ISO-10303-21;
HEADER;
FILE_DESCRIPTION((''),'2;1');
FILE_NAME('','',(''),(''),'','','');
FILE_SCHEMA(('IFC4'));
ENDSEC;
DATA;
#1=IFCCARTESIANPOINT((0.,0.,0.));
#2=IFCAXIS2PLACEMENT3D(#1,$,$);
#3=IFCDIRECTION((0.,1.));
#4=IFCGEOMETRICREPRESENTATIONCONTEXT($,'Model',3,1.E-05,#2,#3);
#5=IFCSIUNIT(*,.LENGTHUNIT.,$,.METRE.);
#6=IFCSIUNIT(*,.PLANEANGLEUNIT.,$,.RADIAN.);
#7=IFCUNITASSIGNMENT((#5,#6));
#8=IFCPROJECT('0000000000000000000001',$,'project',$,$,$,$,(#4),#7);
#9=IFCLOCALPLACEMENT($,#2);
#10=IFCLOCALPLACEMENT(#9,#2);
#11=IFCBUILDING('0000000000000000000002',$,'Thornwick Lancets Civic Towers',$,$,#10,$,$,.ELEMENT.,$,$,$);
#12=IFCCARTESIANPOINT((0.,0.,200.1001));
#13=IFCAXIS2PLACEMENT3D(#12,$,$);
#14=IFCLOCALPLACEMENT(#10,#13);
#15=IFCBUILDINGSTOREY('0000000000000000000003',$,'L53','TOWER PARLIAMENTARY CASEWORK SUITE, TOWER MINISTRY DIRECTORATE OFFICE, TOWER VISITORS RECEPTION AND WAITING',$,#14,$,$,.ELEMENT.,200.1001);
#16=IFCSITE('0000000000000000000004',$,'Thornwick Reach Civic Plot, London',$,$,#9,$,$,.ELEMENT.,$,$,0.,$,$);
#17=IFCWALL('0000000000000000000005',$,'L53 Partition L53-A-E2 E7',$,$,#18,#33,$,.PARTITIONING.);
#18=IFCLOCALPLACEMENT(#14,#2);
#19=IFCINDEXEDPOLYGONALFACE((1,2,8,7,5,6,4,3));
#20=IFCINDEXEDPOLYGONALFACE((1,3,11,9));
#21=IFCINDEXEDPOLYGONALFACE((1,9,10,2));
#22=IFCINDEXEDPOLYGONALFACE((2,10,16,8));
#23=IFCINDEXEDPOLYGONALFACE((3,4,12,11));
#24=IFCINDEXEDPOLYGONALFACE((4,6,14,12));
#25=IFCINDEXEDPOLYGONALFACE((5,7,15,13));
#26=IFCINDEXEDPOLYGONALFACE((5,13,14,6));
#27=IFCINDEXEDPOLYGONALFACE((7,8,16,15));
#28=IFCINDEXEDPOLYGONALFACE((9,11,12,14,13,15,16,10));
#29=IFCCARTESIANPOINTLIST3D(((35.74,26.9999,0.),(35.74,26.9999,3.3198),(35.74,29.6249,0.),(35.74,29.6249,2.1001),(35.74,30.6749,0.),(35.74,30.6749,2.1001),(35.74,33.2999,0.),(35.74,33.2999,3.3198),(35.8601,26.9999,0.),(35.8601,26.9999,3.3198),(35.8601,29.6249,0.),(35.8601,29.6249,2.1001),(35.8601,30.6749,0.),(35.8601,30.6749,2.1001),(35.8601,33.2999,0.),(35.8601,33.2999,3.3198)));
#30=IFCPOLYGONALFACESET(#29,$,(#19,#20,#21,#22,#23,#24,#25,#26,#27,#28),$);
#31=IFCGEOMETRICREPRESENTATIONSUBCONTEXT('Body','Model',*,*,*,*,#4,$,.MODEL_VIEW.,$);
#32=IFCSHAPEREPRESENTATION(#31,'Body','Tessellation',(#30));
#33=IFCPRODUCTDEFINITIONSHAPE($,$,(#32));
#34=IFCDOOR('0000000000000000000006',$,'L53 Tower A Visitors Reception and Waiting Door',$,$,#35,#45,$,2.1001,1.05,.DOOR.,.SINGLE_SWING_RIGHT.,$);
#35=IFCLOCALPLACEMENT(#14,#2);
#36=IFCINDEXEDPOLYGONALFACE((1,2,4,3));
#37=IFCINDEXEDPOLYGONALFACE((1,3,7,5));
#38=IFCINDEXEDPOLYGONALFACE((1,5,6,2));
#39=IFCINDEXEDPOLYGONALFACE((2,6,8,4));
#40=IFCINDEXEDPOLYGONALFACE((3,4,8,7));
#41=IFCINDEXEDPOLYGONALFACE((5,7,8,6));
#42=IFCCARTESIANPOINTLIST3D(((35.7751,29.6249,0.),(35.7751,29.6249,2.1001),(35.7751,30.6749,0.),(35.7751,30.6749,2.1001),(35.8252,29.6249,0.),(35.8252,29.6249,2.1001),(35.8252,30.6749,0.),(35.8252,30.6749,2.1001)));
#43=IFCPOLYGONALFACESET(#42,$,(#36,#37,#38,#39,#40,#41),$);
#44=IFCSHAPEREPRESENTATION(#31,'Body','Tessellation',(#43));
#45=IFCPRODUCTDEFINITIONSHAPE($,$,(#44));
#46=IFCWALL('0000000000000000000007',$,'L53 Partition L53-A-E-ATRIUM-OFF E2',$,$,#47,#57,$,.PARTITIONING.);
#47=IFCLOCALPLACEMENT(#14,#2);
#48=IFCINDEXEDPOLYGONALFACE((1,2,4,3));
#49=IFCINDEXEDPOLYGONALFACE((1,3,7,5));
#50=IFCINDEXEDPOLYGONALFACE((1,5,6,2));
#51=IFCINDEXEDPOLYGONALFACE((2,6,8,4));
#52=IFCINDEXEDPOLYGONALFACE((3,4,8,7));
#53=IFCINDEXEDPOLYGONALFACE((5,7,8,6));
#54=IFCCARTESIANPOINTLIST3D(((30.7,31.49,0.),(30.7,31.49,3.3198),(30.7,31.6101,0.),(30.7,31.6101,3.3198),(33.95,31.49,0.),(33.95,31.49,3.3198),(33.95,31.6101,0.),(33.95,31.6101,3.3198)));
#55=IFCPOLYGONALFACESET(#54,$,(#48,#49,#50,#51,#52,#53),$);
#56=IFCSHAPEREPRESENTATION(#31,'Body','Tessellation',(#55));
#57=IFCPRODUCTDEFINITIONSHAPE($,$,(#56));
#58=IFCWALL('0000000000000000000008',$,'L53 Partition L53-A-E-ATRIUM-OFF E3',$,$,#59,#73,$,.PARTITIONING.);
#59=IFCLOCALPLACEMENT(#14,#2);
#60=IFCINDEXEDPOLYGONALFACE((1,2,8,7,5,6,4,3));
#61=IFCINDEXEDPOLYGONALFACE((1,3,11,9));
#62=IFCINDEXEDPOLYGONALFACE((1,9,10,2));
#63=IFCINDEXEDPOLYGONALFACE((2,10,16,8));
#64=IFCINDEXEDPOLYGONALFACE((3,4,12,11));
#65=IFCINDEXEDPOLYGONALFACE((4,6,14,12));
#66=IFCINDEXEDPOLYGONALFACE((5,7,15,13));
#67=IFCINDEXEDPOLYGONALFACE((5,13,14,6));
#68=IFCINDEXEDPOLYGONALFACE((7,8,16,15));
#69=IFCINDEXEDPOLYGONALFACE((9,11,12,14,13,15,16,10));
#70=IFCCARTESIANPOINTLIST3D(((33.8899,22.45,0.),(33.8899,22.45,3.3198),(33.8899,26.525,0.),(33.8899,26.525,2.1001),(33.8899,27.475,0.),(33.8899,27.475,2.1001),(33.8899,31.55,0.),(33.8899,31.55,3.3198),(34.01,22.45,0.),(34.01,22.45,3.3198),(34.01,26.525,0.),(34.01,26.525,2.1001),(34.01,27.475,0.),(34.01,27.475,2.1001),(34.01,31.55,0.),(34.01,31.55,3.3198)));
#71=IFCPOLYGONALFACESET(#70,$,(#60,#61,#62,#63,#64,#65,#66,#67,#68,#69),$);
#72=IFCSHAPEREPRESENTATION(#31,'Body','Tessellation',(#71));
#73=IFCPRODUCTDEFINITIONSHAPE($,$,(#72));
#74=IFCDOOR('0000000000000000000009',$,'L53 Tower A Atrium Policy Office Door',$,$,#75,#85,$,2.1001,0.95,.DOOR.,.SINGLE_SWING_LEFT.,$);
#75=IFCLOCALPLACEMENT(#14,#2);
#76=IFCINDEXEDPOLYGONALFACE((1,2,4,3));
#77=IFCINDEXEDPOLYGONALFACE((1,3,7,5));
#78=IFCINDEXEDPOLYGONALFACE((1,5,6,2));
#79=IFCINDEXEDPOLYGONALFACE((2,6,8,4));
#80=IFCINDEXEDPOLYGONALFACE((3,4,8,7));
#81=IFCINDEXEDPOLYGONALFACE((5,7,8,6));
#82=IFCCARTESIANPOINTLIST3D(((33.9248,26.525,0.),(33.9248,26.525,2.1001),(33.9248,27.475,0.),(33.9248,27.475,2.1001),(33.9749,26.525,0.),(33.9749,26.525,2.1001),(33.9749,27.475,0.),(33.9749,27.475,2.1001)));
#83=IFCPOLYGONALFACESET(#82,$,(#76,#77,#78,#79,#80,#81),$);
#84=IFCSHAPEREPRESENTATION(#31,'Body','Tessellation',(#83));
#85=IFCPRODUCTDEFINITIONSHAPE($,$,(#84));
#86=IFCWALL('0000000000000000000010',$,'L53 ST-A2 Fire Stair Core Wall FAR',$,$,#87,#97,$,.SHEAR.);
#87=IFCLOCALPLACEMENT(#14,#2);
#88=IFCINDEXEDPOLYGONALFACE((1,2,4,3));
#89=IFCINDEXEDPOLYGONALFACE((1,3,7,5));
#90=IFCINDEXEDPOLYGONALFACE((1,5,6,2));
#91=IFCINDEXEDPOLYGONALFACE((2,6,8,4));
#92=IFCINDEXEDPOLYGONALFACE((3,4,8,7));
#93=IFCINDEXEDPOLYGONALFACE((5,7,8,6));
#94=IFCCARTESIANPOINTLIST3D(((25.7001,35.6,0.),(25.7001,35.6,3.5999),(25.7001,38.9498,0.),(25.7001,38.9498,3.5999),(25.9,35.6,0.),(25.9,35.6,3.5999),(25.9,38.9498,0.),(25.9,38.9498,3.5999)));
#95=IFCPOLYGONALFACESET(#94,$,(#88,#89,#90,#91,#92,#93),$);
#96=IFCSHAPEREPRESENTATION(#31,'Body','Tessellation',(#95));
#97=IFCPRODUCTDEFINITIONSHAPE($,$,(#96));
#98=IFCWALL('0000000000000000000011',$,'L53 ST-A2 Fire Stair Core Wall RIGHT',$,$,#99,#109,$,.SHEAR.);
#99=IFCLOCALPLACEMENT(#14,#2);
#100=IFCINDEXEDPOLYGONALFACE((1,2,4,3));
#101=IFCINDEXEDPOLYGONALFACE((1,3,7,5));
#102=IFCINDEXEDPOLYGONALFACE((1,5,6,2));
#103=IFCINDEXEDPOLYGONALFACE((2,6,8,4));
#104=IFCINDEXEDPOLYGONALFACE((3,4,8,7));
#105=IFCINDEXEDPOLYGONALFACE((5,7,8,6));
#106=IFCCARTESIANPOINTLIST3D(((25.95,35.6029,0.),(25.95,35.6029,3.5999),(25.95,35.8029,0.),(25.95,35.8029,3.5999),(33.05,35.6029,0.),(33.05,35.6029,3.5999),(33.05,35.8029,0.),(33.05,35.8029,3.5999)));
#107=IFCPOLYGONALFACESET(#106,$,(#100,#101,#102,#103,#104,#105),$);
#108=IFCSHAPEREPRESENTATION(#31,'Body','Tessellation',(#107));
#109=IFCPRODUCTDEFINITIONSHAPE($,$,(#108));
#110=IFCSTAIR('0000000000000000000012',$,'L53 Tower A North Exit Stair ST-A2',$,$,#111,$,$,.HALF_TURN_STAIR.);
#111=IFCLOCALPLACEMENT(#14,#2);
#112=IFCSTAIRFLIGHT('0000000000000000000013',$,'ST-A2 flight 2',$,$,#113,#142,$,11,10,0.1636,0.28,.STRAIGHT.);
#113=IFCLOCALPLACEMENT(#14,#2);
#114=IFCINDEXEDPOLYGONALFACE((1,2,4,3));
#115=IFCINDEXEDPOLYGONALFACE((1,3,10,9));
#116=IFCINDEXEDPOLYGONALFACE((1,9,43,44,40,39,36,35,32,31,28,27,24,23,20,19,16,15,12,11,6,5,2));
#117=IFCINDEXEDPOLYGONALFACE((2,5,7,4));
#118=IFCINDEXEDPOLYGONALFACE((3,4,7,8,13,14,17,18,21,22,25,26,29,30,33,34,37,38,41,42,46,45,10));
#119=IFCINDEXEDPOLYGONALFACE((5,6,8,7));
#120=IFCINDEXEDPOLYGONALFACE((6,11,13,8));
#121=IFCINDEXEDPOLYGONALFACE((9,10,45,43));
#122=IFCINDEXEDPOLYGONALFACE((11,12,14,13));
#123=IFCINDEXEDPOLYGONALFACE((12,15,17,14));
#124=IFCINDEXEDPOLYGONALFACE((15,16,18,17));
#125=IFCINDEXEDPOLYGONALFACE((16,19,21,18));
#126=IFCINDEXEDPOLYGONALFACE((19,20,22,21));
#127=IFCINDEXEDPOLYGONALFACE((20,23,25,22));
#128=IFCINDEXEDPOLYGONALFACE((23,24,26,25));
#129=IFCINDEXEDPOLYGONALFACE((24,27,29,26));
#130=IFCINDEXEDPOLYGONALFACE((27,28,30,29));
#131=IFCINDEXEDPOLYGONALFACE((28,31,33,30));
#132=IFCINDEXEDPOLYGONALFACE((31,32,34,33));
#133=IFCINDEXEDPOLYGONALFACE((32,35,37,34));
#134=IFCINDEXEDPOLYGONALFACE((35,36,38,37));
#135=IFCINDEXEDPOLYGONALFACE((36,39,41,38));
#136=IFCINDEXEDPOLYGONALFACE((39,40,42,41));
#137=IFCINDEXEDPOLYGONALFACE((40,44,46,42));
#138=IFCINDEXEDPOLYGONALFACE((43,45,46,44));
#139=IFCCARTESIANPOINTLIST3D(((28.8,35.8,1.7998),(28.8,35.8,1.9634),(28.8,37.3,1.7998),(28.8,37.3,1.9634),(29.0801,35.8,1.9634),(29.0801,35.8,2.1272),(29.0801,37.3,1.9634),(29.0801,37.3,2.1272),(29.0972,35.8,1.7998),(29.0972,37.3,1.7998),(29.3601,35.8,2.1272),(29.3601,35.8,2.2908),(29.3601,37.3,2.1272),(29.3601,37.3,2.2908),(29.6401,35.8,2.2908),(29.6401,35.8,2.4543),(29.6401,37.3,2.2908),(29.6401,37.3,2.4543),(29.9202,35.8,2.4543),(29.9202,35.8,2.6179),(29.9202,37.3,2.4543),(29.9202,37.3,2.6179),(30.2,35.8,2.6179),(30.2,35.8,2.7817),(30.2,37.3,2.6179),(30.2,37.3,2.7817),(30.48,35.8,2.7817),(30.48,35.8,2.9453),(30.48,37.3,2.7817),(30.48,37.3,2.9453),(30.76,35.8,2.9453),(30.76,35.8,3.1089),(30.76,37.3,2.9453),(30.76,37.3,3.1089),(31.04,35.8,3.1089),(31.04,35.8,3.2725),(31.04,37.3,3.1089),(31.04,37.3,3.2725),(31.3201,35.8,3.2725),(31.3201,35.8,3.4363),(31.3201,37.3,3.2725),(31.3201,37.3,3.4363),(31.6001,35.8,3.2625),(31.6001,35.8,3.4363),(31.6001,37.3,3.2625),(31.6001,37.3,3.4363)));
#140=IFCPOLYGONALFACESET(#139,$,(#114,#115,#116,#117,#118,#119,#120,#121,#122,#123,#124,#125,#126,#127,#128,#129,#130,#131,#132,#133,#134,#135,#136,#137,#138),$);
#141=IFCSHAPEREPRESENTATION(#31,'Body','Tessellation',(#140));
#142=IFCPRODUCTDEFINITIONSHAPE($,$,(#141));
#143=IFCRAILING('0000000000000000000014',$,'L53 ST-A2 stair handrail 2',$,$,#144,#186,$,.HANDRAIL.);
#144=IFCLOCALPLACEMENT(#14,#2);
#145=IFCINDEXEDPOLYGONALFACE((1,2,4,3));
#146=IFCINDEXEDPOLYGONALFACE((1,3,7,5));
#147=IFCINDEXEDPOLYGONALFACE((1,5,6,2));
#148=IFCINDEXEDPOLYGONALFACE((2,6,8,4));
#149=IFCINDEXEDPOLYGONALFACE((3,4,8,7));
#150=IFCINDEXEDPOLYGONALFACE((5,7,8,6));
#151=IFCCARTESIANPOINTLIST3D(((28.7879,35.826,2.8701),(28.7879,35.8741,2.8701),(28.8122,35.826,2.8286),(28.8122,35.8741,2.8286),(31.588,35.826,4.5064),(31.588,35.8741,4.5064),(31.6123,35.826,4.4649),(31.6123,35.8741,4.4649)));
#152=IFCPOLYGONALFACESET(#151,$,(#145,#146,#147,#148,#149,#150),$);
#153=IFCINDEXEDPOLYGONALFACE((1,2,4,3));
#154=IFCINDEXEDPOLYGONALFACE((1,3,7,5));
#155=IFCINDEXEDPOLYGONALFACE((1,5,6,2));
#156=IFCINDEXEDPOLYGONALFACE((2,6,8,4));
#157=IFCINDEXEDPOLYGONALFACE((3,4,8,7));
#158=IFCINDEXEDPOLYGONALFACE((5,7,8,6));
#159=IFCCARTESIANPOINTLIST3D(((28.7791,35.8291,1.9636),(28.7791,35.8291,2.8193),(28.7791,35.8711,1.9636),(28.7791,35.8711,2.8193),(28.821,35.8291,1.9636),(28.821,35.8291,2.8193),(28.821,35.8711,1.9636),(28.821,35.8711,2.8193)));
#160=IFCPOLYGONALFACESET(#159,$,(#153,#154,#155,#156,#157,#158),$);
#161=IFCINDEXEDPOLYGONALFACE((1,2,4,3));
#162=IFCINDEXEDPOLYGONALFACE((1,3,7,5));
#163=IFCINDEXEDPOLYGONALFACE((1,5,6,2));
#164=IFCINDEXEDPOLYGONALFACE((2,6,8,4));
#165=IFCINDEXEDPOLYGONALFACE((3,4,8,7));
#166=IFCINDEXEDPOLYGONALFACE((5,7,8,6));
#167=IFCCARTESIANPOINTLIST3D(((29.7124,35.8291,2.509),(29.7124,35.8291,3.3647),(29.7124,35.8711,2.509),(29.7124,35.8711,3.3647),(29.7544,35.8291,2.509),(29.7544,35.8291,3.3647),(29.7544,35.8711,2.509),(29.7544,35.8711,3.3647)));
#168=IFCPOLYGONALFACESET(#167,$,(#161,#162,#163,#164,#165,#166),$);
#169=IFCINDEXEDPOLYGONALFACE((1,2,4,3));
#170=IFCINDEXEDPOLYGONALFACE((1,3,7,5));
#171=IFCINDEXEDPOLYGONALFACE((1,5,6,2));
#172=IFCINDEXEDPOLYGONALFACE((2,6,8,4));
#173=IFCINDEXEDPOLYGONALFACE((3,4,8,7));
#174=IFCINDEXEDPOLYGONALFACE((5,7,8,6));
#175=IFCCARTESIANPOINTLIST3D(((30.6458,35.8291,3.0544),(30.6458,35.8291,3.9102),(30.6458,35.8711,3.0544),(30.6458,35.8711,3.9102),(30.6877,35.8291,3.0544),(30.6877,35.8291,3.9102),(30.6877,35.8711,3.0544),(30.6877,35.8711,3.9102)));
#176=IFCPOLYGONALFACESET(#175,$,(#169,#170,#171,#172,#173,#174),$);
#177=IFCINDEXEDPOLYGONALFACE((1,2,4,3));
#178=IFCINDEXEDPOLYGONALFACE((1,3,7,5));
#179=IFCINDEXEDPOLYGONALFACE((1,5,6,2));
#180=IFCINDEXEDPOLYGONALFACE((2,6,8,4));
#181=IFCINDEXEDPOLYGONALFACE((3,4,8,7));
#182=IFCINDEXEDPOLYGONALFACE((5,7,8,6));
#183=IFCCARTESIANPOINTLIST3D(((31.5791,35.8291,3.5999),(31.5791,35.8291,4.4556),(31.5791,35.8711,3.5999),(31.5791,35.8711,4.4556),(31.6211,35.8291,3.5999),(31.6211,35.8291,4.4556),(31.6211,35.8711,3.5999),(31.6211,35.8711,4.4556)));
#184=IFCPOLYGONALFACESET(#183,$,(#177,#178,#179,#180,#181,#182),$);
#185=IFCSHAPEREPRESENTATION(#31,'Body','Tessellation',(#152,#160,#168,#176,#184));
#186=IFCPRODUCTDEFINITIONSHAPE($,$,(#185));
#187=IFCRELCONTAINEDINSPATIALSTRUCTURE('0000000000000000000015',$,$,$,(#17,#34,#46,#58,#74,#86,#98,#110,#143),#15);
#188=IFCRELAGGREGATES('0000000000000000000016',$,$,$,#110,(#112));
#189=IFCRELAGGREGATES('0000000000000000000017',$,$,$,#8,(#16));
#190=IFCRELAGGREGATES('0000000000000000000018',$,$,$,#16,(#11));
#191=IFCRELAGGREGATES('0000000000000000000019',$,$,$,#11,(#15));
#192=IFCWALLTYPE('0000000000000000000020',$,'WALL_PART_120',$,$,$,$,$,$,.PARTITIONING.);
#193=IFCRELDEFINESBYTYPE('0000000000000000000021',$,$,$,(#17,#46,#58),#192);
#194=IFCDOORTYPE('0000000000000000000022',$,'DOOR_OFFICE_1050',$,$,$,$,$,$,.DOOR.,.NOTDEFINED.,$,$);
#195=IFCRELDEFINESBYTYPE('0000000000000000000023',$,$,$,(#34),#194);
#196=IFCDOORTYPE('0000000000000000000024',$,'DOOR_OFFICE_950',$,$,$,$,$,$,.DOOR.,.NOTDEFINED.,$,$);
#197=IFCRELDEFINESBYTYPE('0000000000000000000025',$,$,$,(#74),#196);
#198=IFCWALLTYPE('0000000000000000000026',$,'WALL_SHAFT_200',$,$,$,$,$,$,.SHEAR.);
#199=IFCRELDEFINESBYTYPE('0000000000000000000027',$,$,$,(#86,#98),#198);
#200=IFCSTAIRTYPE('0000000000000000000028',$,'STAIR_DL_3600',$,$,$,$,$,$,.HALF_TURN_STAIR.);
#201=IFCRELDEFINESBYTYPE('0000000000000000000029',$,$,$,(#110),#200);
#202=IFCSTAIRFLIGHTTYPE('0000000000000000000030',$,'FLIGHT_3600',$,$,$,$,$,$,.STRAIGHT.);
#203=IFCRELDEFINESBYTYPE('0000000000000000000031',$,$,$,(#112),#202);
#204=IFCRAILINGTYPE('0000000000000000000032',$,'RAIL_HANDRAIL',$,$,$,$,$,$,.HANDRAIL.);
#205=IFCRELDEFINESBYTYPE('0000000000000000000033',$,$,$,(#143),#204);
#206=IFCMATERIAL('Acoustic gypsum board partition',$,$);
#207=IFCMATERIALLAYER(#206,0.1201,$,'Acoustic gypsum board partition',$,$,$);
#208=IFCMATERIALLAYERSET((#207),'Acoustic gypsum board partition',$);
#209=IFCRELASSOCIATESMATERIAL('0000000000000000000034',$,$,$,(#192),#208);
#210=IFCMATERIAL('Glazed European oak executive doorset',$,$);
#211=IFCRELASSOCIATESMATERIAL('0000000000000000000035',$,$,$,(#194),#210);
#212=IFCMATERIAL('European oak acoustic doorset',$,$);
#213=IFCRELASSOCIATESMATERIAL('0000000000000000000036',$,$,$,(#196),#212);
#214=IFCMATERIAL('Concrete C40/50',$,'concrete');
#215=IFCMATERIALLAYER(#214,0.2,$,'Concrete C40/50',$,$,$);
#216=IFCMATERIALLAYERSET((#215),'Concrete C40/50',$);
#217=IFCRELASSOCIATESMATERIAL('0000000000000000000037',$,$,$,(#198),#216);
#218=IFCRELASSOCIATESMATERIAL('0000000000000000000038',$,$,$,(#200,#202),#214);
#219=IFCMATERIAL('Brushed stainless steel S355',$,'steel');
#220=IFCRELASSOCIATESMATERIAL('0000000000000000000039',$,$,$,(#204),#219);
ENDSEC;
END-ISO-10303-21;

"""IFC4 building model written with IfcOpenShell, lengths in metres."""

from ifc_helpers import new_model, si_unit, direction, frame, frame_2d, origin, origin_2d, place, context, subcontext, project, spatial, polyline, rectangle, outline, extrude, material, layer, layer_set, type_object, element, fill, aggregate, save


model = new_model("IFC4")

# Units and contexts
model_context = context("Model", 3, precision=1e-05, world=origin(), true_north=direction((0.0, 1.0)))
body_context = subcontext(model_context, "Body", "Model", "MODEL_VIEW")
ifc_project = project(units=[si_unit("LENGTHUNIT", "METRE"), si_unit("PLANEANGLEUNIT", "RADIAN")], contexts=[model_context])

# Site, building, storey
site_placement = place(None, origin())
site = spatial("IfcSite", under=ifc_project, at=site_placement, Name="Thornwick Reach Civic Plot, London", CompositionType="ELEMENT", RefElevation=0.0)
building_placement = place(site_placement, origin())
building = spatial("IfcBuilding", under=site, at=building_placement, Name="Thornwick Lancets Civic Towers", CompositionType="ELEMENT")
storey_placement = place(building_placement, frame((0.0, 0.0, 200.1001)))
storey = spatial("IfcBuildingStorey", under=building, at=storey_placement, Name="L53", Description="TOWER PARLIAMENTARY CASEWORK SUITE, TOWER MINISTRY DIRECTORATE OFFICE, TOWER VISITORS RECEPTION AND WAITING", CompositionType="ELEMENT", Elevation=200.1001)

# Shared definitions
ifc_material_1 = material(Name="Acoustic gypsum board partition")
ifc_layer_1 = layer(ifc_material_1, 0.1201, Name="Acoustic gypsum board partition")
ifc_layer_set_1 = layer_set([ifc_layer_1], Name="Acoustic gypsum board partition")
wall_type_1 = type_object("IfcWallType", Name="WALL_PART_120", PredefinedType="PARTITIONING", material=ifc_layer_set_1)

# Wall, opening, door
wall_1_placement = place(storey_placement, frame((35.8, 27.0, 0.0), z_axis=(0.0, 0.0, 1.0), x_axis=(0.0, 1.0, 0.0)))
wall_1 = element("IfcWall", 1, at=wall_1_placement, inside=storey, type_object=wall_type_1, Name="L53 Partition L53-A-E2 E7", PredefinedType="PARTITIONING", context=body_context, shape_type="SweptSolid", body=[
    extrude(rectangle(XDim=6.3, YDim=0.1201, at=frame_2d((3.1499, 0.0))), origin(), (0.0, 0.0, 1.0), 3.3198),
])
opening_1_placement = place(wall_1_placement, frame((2.625, 0.0, 0.0)))
opening_1 = element("IfcOpeningElement", 2, at=opening_1_placement, cuts=wall_1, PredefinedType="OPENING", context=body_context, shape_type="SweptSolid", body=[
    extrude(rectangle(XDim=1.05, YDim=2.1001, at=frame_2d((0.5249, 1.05))), frame((0.0, 0.0701, 0.0), z_axis=(0.0, -1.0, 0.0), x_axis=(1.0, 0.0, 0.0)), (0.0, 0.0, 1.0), 0.1401),
])
ifc_material_2 = material(Name="Glazed European oak executive doorset")
door_type_1 = type_object("IfcDoorType", Name="DOOR_OFFICE_1050", OperationType="NOTDEFINED", PredefinedType="DOOR", material=ifc_material_2)
door_1_placement = place(opening_1_placement, origin())
door_1 = element("IfcDoor", 3, at=door_1_placement, inside=storey, type_object=door_type_1, Name="L53 Tower A Visitors Reception and Waiting Door", OperationType="SINGLE_SWING_RIGHT", OverallHeight=2.1001, OverallWidth=1.05, PredefinedType="DOOR", context=body_context, shape_type="SweptSolid", body=[
    extrude(rectangle(XDim=1.05, YDim=2.1001, at=frame_2d((0.5249, 1.05))), frame((0.0, 0.0249, 0.0), z_axis=(0.0, -1.0, 0.0), x_axis=(1.0, 0.0, 0.0)), (0.0, 0.0, 1.0), 0.05),
])
fill(opening_1, door_1)

# Wall
wall_2_placement = place(storey_placement, frame((30.7, 31.55, 0.0), z_axis=(0.0, 0.0, 1.0), x_axis=(1.0, 0.0, 0.0)))
element("IfcWall", 4, at=wall_2_placement, inside=storey, type_object=wall_type_1, Name="L53 Partition L53-A-E-ATRIUM-OFF E2", PredefinedType="PARTITIONING", context=body_context, shape_type="SweptSolid", body=[
    extrude(rectangle(XDim=3.25, YDim=0.1201, at=frame_2d((1.625, 0.0))), origin(), (0.0, 0.0, 1.0), 3.3198),
])

# Wall, opening, door
wall_3_placement = place(storey_placement, frame((33.95, 31.55, 0.0), z_axis=(0.0, 0.0, 1.0), x_axis=(0.0, -1.0, 0.0)))
wall_3 = element("IfcWall", 5, at=wall_3_placement, inside=storey, type_object=wall_type_1, Name="L53 Partition L53-A-E-ATRIUM-OFF E3", PredefinedType="PARTITIONING", context=body_context, shape_type="SweptSolid", body=[
    extrude(rectangle(XDim=9.1001, YDim=0.1201, at=frame_2d((4.55, 0.0))), origin(), (0.0, 0.0, 1.0), 3.3198),
])
opening_2_placement = place(wall_3_placement, frame((4.075, 0.0, 0.0)))
opening_2 = element("IfcOpeningElement", 6, at=opening_2_placement, cuts=wall_3, PredefinedType="OPENING", context=body_context, shape_type="SweptSolid", body=[
    extrude(rectangle(XDim=0.95, YDim=2.1001, at=frame_2d((0.4751, 1.05))), frame((0.0, 0.0701, 0.0), z_axis=(0.0, -1.0, 0.0), x_axis=(1.0, 0.0, 0.0)), (0.0, 0.0, 1.0), 0.1401),
])
ifc_material_3 = material(Name="European oak acoustic doorset")
door_type_2 = type_object("IfcDoorType", Name="DOOR_OFFICE_950", OperationType="NOTDEFINED", PredefinedType="DOOR", material=ifc_material_3)
door_2_placement = place(opening_2_placement, origin())
door_2 = element("IfcDoor", 7, at=door_2_placement, inside=storey, type_object=door_type_2, Name="L53 Tower A Atrium Policy Office Door", OperationType="SINGLE_SWING_LEFT", OverallHeight=2.1001, OverallWidth=0.95, PredefinedType="DOOR", context=body_context, shape_type="SweptSolid", body=[
    extrude(rectangle(XDim=0.95, YDim=2.1001, at=frame_2d((0.4751, 1.05))), frame((0.0, 0.0249, 0.0), z_axis=(0.0, -1.0, 0.0), x_axis=(1.0, 0.0, 0.0)), (0.0, 0.0, 1.0), 0.05),
])
fill(opening_2, door_2)

# Walls
ifc_material_4 = material(Name="Concrete C40/50", Category="concrete")
ifc_layer_2 = layer(ifc_material_4, 0.2, Name="Concrete C40/50")
ifc_layer_set_2 = layer_set([ifc_layer_2], Name="Concrete C40/50")
wall_type_2 = type_object("IfcWallType", Name="WALL_SHAFT_200", PredefinedType="SHEAR", material=ifc_layer_set_2)
wall_4_placement = place(storey_placement, frame((25.8, 35.6001, 0.0), z_axis=(0.0, 0.0, 1.0), x_axis=(0.0, 1.0, 0.0)))
element("IfcWall", 8, at=wall_4_placement, inside=storey, type_object=wall_type_2, Name="L53 ST-A2 Fire Stair Core Wall FAR", PredefinedType="SHEAR", context=body_context, shape_type="SweptSolid", body=[
    extrude(rectangle(XDim=3.3499, YDim=0.2, at=frame_2d((1.6748, 0.0))), origin(), (0.0, 0.0, 1.0), 3.5999),
])
wall_5_placement = place(storey_placement, frame((25.95, 35.7029, 0.0), z_axis=(0.0, 0.0, 1.0), x_axis=(1.0, 0.0, 0.0)))
element("IfcWall", 9, at=wall_5_placement, inside=storey, type_object=wall_type_2, Name="L53 ST-A2 Fire Stair Core Wall RIGHT", PredefinedType="SHEAR", context=body_context, shape_type="SweptSolid", body=[
    extrude(rectangle(XDim=7.1001, YDim=0.2, at=frame_2d((3.55, 0.0))), origin(), (0.0, 0.0, 1.0), 3.5999),
])

# Stair, stair flight
stair_type = type_object("IfcStairType", Name="STAIR_DL_3600", PredefinedType="HALF_TURN_STAIR", material=ifc_material_4)
stair_placement = place(storey_placement, origin())
stair = element("IfcStair", 10, at=stair_placement, inside=storey, type_object=stair_type, Name="L53 Tower A North Exit Stair ST-A2", PredefinedType="HALF_TURN_STAIR")
stair_flight_type = type_object("IfcStairFlightType", Name="FLIGHT_3600", PredefinedType="STRAIGHT", material=ifc_material_4)
stair_flight_placement = place(storey_placement, frame((28.8, 36.55, 1.7998), z_axis=(0.0, 0.0, 1.0), x_axis=(1.0, 0.0, 0.0)))
stair_flight = element("IfcStairFlight", 11, at=stair_flight_placement, type_object=stair_flight_type, Name="ST-A2 flight 2", NumberOfRisers=11, NumberOfTreads=10, PredefinedType="STRAIGHT", RiserHeight=0.1636, TreadLength=0.28, context=body_context, shape_type="SweptSolid", body=[
    extrude(outline(polyline([(0.0, 0.0), (0.0, 0.1636), (0.28, 0.1636), (0.28, 0.3274), (0.5601, 0.3274), (0.5601, 0.491), (0.8401, 0.491), (0.8401, 0.6545), (1.1201, 0.6545), (1.1201, 0.8181), (1.3999, 0.8181), (1.3999, 0.9819), (1.6799, 0.9819), (1.6799, 1.1455), (1.96, 1.1455), (1.96, 1.3091), (2.24, 1.3091), (2.24, 1.4727), (2.52, 1.4727), (2.52, 1.6365), (2.8, 1.6365), (2.8, 1.8), (2.8, 1.4626), (0.2971, 0.0), (0.0, 0.0)])), frame((0.0, 0.75, 0.0), z_axis=(0.0, -1.0, 0.0), x_axis=(1.0, 0.0, 0.0)), (0.0, 0.0, 1.0), 1.5),
])
aggregate(stair, [stair_flight])

# Railing
ifc_material_5 = material(Name="Brushed stainless steel S355", Category="steel")
railing_type = type_object("IfcRailingType", Name="RAIL_HANDRAIL", PredefinedType="HANDRAIL", material=ifc_material_5)
railing_placement = place(storey_placement, frame((28.8, 35.8501, 1.9636)))
element("IfcRailing", 12, at=railing_placement, inside=storey, type_object=railing_type, Name="L53 ST-A2 stair handrail 2", PredefinedType="HANDRAIL", context=body_context, shape_type="SweptSolid", body=[
    extrude(rectangle(XDim=0.0481, YDim=0.0481, at=origin_2d()), frame((0.0, 0.0, 0.8857), z_axis=(0.863394, 0.0, 0.504531), x_axis=(0.0, 1.0, 0.0)), (0.0, 0.0, 1.0), 3.2432),
    extrude(rectangle(XDim=0.042, YDim=0.042, at=origin_2d()), origin(), (0.0, 0.0, 1.0), 0.8557),
    extrude(rectangle(XDim=0.042, YDim=0.042, at=origin_2d()), frame((0.9333, 0.0, 0.5454)), (0.0, 0.0, 1.0), 0.8557),
    extrude(rectangle(XDim=0.042, YDim=0.042, at=origin_2d()), frame((1.8667, 0.0, 1.0908)), (0.0, 0.0, 1.0), 0.8557),
    extrude(rectangle(XDim=0.042, YDim=0.042, at=origin_2d()), frame((2.8, 0.0, 1.6362)), (0.0, 0.0, 1.0), 0.8557),
])

save(model, "model.ifc")
